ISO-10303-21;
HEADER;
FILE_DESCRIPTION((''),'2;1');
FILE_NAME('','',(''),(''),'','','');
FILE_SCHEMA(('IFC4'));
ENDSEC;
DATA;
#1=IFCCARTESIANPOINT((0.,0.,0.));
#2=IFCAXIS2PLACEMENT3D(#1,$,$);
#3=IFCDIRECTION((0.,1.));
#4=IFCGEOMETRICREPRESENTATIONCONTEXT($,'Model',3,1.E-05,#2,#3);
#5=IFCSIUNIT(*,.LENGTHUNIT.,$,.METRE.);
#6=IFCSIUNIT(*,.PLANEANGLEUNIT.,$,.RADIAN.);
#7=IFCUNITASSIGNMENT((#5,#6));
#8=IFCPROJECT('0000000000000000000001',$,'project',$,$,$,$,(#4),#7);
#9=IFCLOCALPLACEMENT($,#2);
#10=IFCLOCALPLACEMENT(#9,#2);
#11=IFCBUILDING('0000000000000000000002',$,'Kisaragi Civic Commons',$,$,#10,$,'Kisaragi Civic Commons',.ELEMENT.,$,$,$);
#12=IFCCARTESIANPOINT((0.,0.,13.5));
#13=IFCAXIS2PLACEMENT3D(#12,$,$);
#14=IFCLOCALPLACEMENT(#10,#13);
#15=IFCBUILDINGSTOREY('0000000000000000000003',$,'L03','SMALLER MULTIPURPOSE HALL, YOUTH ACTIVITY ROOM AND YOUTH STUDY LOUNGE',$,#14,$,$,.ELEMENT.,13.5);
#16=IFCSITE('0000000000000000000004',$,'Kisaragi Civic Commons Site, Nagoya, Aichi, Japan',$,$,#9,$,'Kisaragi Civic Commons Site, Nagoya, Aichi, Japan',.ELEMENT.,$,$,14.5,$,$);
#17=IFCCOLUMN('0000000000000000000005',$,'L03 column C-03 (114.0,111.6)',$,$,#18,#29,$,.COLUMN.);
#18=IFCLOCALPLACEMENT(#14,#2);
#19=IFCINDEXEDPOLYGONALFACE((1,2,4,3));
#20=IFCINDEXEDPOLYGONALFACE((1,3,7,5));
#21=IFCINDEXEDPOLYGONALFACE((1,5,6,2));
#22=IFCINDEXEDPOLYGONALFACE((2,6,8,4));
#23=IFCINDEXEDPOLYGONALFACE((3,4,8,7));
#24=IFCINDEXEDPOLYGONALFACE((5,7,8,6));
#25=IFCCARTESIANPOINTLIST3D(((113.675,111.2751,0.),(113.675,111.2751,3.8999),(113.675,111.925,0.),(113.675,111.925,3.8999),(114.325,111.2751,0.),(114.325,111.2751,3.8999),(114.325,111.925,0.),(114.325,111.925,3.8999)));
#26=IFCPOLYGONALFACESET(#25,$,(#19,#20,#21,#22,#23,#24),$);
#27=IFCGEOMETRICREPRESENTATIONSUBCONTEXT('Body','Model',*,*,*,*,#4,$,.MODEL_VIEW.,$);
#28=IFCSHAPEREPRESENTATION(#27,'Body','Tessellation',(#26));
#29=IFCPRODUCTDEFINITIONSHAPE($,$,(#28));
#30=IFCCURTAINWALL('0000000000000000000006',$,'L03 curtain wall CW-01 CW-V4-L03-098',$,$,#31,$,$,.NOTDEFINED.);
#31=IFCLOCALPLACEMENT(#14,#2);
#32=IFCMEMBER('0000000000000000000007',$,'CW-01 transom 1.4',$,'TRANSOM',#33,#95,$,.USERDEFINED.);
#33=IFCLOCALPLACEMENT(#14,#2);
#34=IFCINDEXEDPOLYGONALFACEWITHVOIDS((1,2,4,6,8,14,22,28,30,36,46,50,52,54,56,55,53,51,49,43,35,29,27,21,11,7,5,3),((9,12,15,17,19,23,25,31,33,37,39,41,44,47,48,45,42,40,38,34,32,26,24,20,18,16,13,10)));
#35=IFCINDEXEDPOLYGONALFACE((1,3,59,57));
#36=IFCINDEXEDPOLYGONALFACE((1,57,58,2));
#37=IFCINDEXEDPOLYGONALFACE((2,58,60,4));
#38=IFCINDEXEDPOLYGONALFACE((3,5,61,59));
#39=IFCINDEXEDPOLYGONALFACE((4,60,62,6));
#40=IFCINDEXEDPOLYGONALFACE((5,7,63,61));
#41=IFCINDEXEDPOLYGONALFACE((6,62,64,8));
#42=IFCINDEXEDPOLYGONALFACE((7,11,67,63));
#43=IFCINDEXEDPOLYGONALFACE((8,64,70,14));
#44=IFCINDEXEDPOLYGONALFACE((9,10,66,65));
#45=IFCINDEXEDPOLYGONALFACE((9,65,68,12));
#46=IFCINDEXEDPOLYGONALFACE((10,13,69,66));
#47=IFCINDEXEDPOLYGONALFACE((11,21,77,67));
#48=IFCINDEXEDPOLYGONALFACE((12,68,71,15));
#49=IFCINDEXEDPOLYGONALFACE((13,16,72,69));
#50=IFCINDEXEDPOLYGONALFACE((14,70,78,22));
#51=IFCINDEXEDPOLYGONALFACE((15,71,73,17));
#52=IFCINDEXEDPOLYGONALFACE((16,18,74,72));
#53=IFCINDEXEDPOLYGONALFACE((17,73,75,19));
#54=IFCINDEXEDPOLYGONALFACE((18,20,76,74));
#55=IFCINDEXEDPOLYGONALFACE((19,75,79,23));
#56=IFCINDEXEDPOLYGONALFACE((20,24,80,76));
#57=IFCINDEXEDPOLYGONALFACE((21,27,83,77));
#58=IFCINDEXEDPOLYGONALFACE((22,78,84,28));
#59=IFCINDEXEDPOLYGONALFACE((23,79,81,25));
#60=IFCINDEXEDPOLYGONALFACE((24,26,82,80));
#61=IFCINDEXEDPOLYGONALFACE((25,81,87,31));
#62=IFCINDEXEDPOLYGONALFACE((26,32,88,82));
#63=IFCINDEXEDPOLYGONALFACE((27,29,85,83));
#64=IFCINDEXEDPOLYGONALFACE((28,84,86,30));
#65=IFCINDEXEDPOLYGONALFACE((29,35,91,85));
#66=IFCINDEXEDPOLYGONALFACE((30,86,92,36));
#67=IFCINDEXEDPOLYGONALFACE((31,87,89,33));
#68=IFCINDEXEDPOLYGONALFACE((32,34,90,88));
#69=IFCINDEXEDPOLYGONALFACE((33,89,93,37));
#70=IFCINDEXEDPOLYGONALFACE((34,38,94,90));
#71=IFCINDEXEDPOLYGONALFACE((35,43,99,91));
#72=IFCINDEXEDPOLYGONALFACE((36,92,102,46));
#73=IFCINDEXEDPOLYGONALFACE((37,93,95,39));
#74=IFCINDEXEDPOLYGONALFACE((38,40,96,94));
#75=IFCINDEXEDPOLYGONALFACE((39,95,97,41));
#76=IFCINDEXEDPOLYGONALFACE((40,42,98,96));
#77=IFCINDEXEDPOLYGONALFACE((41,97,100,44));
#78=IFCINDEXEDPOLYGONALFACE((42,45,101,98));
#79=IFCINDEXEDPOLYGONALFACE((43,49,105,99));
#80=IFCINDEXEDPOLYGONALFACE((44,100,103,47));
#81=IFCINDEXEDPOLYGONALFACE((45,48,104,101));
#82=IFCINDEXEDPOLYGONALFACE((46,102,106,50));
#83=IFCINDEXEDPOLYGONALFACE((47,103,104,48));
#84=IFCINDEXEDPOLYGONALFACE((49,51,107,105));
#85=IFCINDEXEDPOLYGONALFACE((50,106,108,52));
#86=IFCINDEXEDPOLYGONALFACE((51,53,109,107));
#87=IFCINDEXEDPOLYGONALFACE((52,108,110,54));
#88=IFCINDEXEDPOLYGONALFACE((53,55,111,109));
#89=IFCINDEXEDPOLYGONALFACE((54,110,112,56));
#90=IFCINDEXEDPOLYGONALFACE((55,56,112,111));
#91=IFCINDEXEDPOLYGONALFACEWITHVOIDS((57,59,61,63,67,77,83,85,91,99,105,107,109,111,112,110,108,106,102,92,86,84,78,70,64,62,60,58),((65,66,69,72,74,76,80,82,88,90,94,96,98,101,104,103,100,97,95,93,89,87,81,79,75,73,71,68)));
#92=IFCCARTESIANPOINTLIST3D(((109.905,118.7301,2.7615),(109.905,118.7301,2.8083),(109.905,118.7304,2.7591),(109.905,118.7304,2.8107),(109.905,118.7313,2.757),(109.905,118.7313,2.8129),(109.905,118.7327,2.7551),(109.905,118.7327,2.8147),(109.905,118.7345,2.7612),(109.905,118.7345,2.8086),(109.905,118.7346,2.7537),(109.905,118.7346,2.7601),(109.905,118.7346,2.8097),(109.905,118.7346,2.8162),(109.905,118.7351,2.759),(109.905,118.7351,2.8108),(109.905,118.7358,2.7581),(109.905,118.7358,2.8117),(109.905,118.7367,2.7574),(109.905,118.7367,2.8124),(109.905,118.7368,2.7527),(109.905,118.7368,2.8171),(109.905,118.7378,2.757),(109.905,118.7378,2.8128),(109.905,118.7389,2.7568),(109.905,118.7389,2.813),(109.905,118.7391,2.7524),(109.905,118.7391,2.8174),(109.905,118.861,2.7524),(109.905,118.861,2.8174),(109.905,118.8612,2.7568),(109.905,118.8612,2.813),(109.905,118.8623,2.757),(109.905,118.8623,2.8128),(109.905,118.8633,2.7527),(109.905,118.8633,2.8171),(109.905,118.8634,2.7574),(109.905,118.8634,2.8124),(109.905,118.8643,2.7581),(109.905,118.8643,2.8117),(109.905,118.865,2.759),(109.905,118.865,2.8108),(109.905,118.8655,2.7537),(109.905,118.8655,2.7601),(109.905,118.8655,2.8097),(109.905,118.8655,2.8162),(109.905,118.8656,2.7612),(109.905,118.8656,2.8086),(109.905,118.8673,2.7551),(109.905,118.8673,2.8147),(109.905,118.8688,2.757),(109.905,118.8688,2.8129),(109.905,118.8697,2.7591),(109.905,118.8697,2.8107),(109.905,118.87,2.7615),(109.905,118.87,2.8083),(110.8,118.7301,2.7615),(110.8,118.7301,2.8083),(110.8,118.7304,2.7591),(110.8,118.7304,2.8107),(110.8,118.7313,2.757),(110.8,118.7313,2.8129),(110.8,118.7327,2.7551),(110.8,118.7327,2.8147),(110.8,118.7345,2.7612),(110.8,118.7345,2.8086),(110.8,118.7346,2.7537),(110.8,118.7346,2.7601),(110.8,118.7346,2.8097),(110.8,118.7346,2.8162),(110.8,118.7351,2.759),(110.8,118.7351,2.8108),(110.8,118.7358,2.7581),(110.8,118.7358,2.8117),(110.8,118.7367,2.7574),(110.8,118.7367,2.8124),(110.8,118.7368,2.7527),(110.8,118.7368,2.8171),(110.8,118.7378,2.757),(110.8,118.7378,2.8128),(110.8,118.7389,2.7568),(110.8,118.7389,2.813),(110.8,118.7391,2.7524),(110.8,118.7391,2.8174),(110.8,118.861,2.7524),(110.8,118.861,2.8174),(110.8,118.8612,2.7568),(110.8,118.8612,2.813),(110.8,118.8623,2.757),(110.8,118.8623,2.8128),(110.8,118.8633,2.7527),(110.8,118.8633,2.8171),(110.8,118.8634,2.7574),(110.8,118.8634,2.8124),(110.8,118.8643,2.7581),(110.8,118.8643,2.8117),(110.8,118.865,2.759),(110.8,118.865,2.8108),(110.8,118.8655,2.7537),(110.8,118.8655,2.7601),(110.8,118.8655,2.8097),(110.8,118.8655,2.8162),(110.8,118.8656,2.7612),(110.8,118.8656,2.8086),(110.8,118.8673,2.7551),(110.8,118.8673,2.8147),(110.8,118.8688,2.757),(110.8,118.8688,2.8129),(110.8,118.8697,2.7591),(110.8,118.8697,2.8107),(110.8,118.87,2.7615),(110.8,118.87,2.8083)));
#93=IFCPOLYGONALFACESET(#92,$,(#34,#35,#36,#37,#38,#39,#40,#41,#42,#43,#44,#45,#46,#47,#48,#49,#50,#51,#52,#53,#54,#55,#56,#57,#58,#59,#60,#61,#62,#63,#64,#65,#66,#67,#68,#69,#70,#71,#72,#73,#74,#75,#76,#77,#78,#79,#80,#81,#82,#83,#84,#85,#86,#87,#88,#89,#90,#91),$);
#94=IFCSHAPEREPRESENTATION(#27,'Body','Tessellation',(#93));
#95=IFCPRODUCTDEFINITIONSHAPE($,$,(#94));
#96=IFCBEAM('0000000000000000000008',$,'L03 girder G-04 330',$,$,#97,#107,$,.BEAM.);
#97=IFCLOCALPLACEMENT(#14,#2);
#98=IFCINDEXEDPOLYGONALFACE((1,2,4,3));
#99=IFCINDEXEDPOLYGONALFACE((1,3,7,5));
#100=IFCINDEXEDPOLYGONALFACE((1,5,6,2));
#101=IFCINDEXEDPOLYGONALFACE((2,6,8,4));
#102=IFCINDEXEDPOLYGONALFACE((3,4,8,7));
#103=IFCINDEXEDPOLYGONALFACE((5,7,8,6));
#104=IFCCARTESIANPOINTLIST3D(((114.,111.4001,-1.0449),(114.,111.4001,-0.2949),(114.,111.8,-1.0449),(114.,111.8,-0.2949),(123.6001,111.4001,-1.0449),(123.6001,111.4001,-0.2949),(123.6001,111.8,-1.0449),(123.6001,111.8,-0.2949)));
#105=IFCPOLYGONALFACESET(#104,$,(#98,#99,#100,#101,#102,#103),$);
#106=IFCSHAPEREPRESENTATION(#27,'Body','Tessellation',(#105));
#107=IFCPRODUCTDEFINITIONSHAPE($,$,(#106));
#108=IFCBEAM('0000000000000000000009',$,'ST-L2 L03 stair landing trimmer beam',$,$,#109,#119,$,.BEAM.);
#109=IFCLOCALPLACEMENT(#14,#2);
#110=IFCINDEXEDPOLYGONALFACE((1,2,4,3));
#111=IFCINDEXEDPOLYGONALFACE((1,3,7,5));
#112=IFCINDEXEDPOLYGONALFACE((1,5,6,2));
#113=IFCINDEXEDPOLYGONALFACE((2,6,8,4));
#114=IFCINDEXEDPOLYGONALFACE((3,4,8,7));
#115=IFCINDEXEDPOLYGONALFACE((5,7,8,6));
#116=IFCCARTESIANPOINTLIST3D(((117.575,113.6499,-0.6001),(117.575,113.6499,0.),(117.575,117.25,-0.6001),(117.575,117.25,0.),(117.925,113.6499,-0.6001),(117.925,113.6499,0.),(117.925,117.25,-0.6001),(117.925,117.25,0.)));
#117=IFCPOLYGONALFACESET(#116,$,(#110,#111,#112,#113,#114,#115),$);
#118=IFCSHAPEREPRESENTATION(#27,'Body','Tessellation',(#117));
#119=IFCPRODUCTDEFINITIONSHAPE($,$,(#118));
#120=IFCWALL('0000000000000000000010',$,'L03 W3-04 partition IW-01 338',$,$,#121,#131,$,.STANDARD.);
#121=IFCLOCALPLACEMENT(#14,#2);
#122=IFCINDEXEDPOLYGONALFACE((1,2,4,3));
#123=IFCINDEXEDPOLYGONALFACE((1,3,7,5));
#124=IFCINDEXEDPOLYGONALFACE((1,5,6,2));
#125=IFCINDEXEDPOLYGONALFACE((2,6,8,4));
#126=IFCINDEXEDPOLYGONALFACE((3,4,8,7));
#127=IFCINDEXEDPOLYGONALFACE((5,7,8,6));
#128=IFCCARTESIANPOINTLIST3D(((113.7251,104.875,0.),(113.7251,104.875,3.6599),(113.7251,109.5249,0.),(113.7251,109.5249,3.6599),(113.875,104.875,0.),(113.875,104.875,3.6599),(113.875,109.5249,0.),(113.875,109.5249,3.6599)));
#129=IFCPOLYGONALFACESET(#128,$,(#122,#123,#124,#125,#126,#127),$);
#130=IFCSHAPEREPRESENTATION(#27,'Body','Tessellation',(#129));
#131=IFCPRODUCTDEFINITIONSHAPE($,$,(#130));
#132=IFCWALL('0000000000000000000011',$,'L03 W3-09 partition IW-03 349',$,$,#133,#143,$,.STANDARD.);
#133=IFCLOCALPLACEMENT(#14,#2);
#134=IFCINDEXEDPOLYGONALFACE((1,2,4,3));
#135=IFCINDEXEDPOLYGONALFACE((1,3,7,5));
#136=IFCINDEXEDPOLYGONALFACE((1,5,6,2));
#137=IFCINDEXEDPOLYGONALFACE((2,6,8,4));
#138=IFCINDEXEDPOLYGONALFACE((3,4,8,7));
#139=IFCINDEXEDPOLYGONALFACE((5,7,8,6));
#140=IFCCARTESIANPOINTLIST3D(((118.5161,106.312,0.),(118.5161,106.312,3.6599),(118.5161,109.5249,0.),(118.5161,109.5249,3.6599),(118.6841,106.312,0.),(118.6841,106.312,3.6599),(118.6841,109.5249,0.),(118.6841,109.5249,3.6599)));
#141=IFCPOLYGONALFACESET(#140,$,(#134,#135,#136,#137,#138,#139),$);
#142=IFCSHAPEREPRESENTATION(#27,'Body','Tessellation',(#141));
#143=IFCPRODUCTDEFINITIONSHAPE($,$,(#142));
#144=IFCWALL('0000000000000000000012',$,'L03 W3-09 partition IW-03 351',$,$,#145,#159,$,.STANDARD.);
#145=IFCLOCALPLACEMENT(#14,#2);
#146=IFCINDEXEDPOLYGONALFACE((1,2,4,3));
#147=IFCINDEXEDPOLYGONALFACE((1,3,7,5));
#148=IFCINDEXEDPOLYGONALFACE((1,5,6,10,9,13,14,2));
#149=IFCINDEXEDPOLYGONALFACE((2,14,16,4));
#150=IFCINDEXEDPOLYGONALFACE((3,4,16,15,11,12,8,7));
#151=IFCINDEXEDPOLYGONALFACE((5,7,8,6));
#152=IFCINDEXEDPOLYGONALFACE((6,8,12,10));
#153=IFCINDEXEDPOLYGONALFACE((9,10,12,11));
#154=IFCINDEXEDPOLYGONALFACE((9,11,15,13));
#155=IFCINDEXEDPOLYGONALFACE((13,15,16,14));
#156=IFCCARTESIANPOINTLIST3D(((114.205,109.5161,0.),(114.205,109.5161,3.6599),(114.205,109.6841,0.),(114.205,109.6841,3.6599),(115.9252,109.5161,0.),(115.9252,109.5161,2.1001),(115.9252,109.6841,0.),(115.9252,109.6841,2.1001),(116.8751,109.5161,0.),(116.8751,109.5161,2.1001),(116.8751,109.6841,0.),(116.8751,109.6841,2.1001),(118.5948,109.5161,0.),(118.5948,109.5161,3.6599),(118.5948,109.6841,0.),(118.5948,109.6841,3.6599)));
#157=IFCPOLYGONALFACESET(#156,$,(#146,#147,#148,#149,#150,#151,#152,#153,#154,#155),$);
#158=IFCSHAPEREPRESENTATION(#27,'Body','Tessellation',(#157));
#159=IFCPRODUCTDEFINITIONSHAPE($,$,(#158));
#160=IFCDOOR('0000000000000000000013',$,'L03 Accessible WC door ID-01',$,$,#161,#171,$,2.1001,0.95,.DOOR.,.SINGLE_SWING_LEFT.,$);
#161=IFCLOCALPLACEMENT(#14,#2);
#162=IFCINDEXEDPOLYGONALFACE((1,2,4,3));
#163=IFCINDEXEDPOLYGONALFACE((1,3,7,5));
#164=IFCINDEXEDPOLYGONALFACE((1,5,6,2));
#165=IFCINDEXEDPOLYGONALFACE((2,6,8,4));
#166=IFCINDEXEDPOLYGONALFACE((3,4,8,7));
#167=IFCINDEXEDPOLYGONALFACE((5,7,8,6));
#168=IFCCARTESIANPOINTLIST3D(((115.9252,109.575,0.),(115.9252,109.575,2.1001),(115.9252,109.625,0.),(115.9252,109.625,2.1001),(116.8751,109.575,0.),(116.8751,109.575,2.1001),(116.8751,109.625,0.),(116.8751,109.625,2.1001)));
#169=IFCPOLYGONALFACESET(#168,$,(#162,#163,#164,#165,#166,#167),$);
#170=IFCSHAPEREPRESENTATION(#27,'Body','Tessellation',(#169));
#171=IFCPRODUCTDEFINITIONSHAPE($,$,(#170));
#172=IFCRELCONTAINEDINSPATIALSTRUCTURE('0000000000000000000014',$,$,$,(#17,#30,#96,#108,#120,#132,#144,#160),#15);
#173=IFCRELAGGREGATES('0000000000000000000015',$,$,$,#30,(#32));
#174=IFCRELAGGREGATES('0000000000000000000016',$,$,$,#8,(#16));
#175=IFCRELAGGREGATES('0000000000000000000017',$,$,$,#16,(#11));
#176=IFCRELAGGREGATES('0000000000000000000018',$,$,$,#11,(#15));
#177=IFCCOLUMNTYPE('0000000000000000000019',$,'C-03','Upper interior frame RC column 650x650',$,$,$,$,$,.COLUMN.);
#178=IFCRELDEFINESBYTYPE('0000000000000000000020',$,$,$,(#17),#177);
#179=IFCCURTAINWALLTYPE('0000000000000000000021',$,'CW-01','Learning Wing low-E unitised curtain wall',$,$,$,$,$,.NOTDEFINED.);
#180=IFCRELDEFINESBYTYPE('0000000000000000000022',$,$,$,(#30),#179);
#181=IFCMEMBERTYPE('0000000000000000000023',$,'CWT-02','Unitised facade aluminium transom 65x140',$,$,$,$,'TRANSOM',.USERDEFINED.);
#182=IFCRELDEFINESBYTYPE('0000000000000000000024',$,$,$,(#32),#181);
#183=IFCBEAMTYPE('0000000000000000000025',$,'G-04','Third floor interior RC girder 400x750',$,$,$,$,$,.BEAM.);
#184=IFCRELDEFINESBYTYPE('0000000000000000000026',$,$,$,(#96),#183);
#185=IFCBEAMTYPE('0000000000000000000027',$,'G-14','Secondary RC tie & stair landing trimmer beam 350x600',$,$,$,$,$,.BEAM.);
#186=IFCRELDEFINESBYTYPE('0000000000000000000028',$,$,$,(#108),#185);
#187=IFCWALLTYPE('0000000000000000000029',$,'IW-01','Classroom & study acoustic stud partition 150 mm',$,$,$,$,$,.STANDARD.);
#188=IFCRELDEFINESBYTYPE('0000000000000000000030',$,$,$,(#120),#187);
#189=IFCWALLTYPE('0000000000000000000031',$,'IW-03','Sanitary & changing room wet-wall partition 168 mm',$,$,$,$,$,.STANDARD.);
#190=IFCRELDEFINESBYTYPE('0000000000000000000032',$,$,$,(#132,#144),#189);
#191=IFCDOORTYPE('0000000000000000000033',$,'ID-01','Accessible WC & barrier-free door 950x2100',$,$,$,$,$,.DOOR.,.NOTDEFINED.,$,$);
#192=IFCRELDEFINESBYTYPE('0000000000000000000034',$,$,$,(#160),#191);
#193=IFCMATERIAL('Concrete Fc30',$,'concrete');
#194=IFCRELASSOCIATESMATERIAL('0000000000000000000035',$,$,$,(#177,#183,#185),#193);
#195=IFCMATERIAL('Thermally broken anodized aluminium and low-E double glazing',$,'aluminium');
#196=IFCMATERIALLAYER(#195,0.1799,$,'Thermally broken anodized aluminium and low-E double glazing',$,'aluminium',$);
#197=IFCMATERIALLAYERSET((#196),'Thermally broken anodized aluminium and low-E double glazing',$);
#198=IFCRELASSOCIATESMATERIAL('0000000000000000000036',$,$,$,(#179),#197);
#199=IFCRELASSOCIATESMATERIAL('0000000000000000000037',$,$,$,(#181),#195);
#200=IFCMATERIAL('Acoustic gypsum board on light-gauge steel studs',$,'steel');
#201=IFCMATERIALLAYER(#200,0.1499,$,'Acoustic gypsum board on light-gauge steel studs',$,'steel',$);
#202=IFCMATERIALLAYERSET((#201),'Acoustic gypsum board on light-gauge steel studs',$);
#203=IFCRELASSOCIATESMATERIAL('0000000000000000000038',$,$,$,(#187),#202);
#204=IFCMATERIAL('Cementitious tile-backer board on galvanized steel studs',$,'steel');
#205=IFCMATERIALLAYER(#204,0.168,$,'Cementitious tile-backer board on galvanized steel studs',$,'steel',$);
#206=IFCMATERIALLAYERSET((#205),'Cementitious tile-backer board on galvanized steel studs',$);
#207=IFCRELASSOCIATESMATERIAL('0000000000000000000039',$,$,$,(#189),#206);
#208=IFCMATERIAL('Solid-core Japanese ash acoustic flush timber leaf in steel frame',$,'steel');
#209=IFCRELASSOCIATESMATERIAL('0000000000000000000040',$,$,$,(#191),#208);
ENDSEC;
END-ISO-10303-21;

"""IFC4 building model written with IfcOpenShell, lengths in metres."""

from ifc_helpers import new_model, si_unit, direction, frame, frame_2d, origin, origin_2d, place, context, subcontext, project, spatial, rectangle, hollow_rectangle, extrude, material, layer, layer_set, material_profile, profile_set, type_object, element, fill, aggregate, save


model = new_model("IFC4")

# Units and contexts
model_context = context("Model", 3, precision=1e-05, world=origin(), true_north=direction((0.0, 1.0)))
body_context = subcontext(model_context, "Body", "Model", "MODEL_VIEW")
ifc_project = project(units=[si_unit("LENGTHUNIT", "METRE"), si_unit("PLANEANGLEUNIT", "RADIAN")], contexts=[model_context])

# Site, building, storey
site_placement = place(None, origin())
site = spatial("IfcSite", under=ifc_project, at=site_placement, Name="Kisaragi Civic Commons Site, Nagoya, Aichi, Japan", LongName="Kisaragi Civic Commons Site, Nagoya, Aichi, Japan", CompositionType="ELEMENT", RefElevation=14.5)
building_placement = place(site_placement, origin())
building = spatial("IfcBuilding", under=site, at=building_placement, Name="Kisaragi Civic Commons", LongName="Kisaragi Civic Commons", CompositionType="ELEMENT")
storey_placement = place(building_placement, frame((0.0, 0.0, 13.5)))
storey = spatial("IfcBuildingStorey", under=building, at=storey_placement, Name="L03", Description="SMALLER MULTIPURPOSE HALL, YOUTH ACTIVITY ROOM AND YOUTH STUDY LOUNGE", CompositionType="ELEMENT", Elevation=13.5)

# Column
ifc_material_1 = material(Name="Concrete Fc30", Category="concrete")
ifc_material_profile_1 = material_profile(ifc_material_1, rectangle(XDim=0.6499, YDim=0.6499, at=origin_2d()), Name="RC-650x650", Category="concrete")
ifc_profile_set_1 = profile_set([ifc_material_profile_1], Name="Concrete Fc30")
column_type = type_object("IfcColumnType", Name="C-03", Description="Upper interior frame RC column 650x650", PredefinedType="COLUMN", material=ifc_profile_set_1)
column_placement = place(storey_placement, frame((114.0, 111.6001, 0.0), z_axis=(0.0, 0.0, 1.0), x_axis=(1.0, 0.0, 0.0)))
element("IfcColumn", 1, at=column_placement, inside=storey, type_object=column_type, Name="L03 column C-03 (114.0,111.6)", PredefinedType="COLUMN", context=body_context, shape_type="SweptSolid", body=[
    extrude(rectangle(XDim=0.6499, YDim=0.6499, at=origin_2d()), origin(), (0.0, 0.0, 1.0), 3.8999),
])

# Curtain wall, member
ifc_material_2 = material(Name="Thermally broken anodized aluminium and low-E double glazing", Category="aluminium")
ifc_layer_1 = layer(ifc_material_2, 0.1799, Name="Thermally broken anodized aluminium and low-E double glazing", Category="aluminium")
ifc_layer_set_1 = layer_set([ifc_layer_1], Name="Thermally broken anodized aluminium and low-E double glazing")
curtain_wall_type = type_object("IfcCurtainWallType", Name="CW-01", Description="Learning Wing low-E unitised curtain wall", PredefinedType="NOTDEFINED", material=ifc_layer_set_1)
curtain_wall_placement = place(storey_placement, origin())
curtain_wall = element("IfcCurtainWall", 2, at=curtain_wall_placement, inside=storey, type_object=curtain_wall_type, Name="L03 curtain wall CW-01 CW-V4-L03-098", PredefinedType="NOTDEFINED")
ifc_material_profile_2 = material_profile(ifc_material_2, hollow_rectangle(XDim=0.1399, YDim=0.0649, WallThickness=0.0044, InnerFilletRadius=0.0044, OuterFilletRadius=0.009, at=origin_2d()), Name="CWT-65x140x4.5", Category="aluminium")
ifc_profile_set_2 = profile_set([ifc_material_profile_2], Name="Thermally broken anodized aluminium and low-E double glazing")
member_type = type_object("IfcMemberType", Name="CWT-02", Description="Unitised facade aluminium transom 65x140", ElementType="TRANSOM", PredefinedType="USERDEFINED", material=ifc_profile_set_2)
member_placement = place(storey_placement, frame((109.905, 118.8, 2.7849), z_axis=(1.0, 0.0, 0.0), x_axis=(0.0, 1.0, 0.0)))
member = element("IfcMember", 3, at=member_placement, type_object=member_type, Name="CW-01 transom 1.4", ObjectType="TRANSOM", PredefinedType="USERDEFINED", context=body_context, shape_type="SweptSolid", body=[
    extrude(hollow_rectangle(XDim=0.1399, YDim=0.0649, WallThickness=0.0044, InnerFilletRadius=0.0044, OuterFilletRadius=0.009, at=origin_2d()), origin(), (0.0, 0.0, 1.0), 0.895),
])
aggregate(curtain_wall, [member])

# Beams
ifc_material_profile_3 = material_profile(ifc_material_1, rectangle(XDim=0.3999, YDim=0.75, at=origin_2d()), Name="RC-400x750", Category="concrete")
ifc_profile_set_3 = profile_set([ifc_material_profile_3], Name="Concrete Fc30")
beam_type_1 = type_object("IfcBeamType", Name="G-04", Description="Third floor interior RC girder 400x750", PredefinedType="BEAM", material=ifc_profile_set_3)
beam_1_placement = place(storey_placement, frame((114.0, 111.6001, -0.6699), z_axis=(1.0, 0.0, 0.0), x_axis=(0.0, 1.0, 0.0)))
element("IfcBeam", 4, at=beam_1_placement, inside=storey, type_object=beam_type_1, Name="L03 girder G-04 330", PredefinedType="BEAM", context=body_context, shape_type="SweptSolid", body=[
    extrude(rectangle(XDim=0.3999, YDim=0.75, at=origin_2d()), origin(), (0.0, 0.0, 1.0), 9.6001),
])
ifc_material_profile_4 = material_profile(ifc_material_1, rectangle(XDim=0.3501, YDim=0.6001, at=origin_2d()), Name="RC-350x600", Category="concrete")
ifc_profile_set_4 = profile_set([ifc_material_profile_4], Name="Concrete Fc30")
beam_type_2 = type_object("IfcBeamType", Name="G-14", Description="Secondary RC tie & stair landing trimmer beam 350x600", PredefinedType="BEAM", material=ifc_profile_set_4)
beam_2_placement = place(storey_placement, frame((117.75, 113.6499, -0.3), z_axis=(0.0, 1.0, 0.0), x_axis=(-1.0, 0.0, 0.0)))
element("IfcBeam", 5, at=beam_2_placement, inside=storey, type_object=beam_type_2, Name="ST-L2 L03 stair landing trimmer beam", PredefinedType="BEAM", context=body_context, shape_type="SweptSolid", body=[
    extrude(rectangle(XDim=0.3501, YDim=0.6001, at=origin_2d()), origin(), (0.0, 0.0, 1.0), 3.6001),
])

# Walls
ifc_material_3 = material(Name="Acoustic gypsum board on light-gauge steel studs", Category="steel")
ifc_layer_2 = layer(ifc_material_3, 0.1499, Name="Acoustic gypsum board on light-gauge steel studs", Category="steel")
ifc_layer_set_2 = layer_set([ifc_layer_2], Name="Acoustic gypsum board on light-gauge steel studs")
wall_type_1 = type_object("IfcWallType", Name="IW-01", Description="Classroom & study acoustic stud partition 150 mm", PredefinedType="STANDARD", material=ifc_layer_set_2)
wall_1_placement = place(storey_placement, frame((113.8, 109.5249, 0.0), z_axis=(0.0, 0.0, 1.0), x_axis=(0.0, -1.0, 0.0)))
element("IfcWall", 6, at=wall_1_placement, inside=storey, type_object=wall_type_1, Name="L03 W3-04 partition IW-01 338", PredefinedType="STANDARD", context=body_context, shape_type="SweptSolid", body=[
    extrude(rectangle(XDim=4.6499, YDim=0.1499, at=frame_2d((2.325, 0.0))), origin(), (0.0, 0.0, 1.0), 3.6599),
])
ifc_material_4 = material(Name="Cementitious tile-backer board on galvanized steel studs", Category="steel")
ifc_layer_3 = layer(ifc_material_4, 0.168, Name="Cementitious tile-backer board on galvanized steel studs", Category="steel")
ifc_layer_set_3 = layer_set([ifc_layer_3], Name="Cementitious tile-backer board on galvanized steel studs")
wall_type_2 = type_object("IfcWallType", Name="IW-03", Description="Sanitary & changing room wet-wall partition 168 mm", PredefinedType="STANDARD", material=ifc_layer_set_3)
wall_2_placement = place(storey_placement, frame((118.6001, 109.5249, 0.0), z_axis=(0.0, 0.0, 1.0), x_axis=(0.0, -1.0, 0.0)))
element("IfcWall", 7, at=wall_2_placement, inside=storey, type_object=wall_type_2, Name="L03 W3-09 partition IW-03 349", PredefinedType="STANDARD", context=body_context, shape_type="SweptSolid", body=[
    extrude(rectangle(XDim=3.2129, YDim=0.168, at=frame_2d((1.6064, 0.0))), origin(), (0.0, 0.0, 1.0), 3.6599),
])

# Wall, opening, door
wall_3_placement = place(storey_placement, frame((114.2051, 109.6001, 0.0), z_axis=(0.0, 0.0, 1.0), x_axis=(1.0, 0.0, 0.0)))
wall_3 = element("IfcWall", 8, at=wall_3_placement, inside=storey, type_object=wall_type_2, Name="L03 W3-09 partition IW-03 351", PredefinedType="STANDARD", context=body_context, shape_type="SweptSolid", body=[
    extrude(rectangle(XDim=4.3899, YDim=0.168, at=frame_2d((2.1948, 0.0))), origin(), (0.0, 0.0, 1.0), 3.6599),
])
opening_1_placement = place(wall_3_placement, frame((1.72, 0.0, 0.0)))
opening_1 = element("IfcOpeningElement", 9, at=opening_1_placement, cuts=wall_3, PredefinedType="OPENING", context=body_context, shape_type="SweptSolid", body=[
    extrude(rectangle(XDim=0.95, YDim=2.1001, at=frame_2d((0.4751, 1.05))), frame((0.0, 0.094, 0.0), z_axis=(0.0, -1.0, 0.0), x_axis=(1.0, 0.0, 0.0)), (0.0, 0.0, 1.0), 0.188),
])
ifc_material_5 = material(Name="Solid-core Japanese ash acoustic flush timber leaf in steel frame", Category="steel")
door_type_1 = type_object("IfcDoorType", Name="ID-01", Description="Accessible WC & barrier-free door 950x2100", OperationType="NOTDEFINED", PredefinedType="DOOR", material=ifc_material_5)
door_1_placement = place(opening_1_placement, origin())
door_1 = element("IfcDoor", 10, at=door_1_placement, inside=storey, type_object=door_type_1, Name="L03 Accessible WC door ID-01", OperationType="SINGLE_SWING_LEFT", OverallHeight=2.1001, OverallWidth=0.95, PredefinedType="DOOR", context=body_context, shape_type="SweptSolid", body=[
    extrude(rectangle(XDim=0.95, YDim=2.1001, at=frame_2d((0.4751, 1.05))), frame((0.0, 0.0249, 0.0), z_axis=(0.0, -1.0, 0.0), x_axis=(1.0, 0.0, 0.0)), (0.0, 0.0, 1.0), 0.05),
])
fill(opening_1, door_1)

save(model, "model.ifc")
